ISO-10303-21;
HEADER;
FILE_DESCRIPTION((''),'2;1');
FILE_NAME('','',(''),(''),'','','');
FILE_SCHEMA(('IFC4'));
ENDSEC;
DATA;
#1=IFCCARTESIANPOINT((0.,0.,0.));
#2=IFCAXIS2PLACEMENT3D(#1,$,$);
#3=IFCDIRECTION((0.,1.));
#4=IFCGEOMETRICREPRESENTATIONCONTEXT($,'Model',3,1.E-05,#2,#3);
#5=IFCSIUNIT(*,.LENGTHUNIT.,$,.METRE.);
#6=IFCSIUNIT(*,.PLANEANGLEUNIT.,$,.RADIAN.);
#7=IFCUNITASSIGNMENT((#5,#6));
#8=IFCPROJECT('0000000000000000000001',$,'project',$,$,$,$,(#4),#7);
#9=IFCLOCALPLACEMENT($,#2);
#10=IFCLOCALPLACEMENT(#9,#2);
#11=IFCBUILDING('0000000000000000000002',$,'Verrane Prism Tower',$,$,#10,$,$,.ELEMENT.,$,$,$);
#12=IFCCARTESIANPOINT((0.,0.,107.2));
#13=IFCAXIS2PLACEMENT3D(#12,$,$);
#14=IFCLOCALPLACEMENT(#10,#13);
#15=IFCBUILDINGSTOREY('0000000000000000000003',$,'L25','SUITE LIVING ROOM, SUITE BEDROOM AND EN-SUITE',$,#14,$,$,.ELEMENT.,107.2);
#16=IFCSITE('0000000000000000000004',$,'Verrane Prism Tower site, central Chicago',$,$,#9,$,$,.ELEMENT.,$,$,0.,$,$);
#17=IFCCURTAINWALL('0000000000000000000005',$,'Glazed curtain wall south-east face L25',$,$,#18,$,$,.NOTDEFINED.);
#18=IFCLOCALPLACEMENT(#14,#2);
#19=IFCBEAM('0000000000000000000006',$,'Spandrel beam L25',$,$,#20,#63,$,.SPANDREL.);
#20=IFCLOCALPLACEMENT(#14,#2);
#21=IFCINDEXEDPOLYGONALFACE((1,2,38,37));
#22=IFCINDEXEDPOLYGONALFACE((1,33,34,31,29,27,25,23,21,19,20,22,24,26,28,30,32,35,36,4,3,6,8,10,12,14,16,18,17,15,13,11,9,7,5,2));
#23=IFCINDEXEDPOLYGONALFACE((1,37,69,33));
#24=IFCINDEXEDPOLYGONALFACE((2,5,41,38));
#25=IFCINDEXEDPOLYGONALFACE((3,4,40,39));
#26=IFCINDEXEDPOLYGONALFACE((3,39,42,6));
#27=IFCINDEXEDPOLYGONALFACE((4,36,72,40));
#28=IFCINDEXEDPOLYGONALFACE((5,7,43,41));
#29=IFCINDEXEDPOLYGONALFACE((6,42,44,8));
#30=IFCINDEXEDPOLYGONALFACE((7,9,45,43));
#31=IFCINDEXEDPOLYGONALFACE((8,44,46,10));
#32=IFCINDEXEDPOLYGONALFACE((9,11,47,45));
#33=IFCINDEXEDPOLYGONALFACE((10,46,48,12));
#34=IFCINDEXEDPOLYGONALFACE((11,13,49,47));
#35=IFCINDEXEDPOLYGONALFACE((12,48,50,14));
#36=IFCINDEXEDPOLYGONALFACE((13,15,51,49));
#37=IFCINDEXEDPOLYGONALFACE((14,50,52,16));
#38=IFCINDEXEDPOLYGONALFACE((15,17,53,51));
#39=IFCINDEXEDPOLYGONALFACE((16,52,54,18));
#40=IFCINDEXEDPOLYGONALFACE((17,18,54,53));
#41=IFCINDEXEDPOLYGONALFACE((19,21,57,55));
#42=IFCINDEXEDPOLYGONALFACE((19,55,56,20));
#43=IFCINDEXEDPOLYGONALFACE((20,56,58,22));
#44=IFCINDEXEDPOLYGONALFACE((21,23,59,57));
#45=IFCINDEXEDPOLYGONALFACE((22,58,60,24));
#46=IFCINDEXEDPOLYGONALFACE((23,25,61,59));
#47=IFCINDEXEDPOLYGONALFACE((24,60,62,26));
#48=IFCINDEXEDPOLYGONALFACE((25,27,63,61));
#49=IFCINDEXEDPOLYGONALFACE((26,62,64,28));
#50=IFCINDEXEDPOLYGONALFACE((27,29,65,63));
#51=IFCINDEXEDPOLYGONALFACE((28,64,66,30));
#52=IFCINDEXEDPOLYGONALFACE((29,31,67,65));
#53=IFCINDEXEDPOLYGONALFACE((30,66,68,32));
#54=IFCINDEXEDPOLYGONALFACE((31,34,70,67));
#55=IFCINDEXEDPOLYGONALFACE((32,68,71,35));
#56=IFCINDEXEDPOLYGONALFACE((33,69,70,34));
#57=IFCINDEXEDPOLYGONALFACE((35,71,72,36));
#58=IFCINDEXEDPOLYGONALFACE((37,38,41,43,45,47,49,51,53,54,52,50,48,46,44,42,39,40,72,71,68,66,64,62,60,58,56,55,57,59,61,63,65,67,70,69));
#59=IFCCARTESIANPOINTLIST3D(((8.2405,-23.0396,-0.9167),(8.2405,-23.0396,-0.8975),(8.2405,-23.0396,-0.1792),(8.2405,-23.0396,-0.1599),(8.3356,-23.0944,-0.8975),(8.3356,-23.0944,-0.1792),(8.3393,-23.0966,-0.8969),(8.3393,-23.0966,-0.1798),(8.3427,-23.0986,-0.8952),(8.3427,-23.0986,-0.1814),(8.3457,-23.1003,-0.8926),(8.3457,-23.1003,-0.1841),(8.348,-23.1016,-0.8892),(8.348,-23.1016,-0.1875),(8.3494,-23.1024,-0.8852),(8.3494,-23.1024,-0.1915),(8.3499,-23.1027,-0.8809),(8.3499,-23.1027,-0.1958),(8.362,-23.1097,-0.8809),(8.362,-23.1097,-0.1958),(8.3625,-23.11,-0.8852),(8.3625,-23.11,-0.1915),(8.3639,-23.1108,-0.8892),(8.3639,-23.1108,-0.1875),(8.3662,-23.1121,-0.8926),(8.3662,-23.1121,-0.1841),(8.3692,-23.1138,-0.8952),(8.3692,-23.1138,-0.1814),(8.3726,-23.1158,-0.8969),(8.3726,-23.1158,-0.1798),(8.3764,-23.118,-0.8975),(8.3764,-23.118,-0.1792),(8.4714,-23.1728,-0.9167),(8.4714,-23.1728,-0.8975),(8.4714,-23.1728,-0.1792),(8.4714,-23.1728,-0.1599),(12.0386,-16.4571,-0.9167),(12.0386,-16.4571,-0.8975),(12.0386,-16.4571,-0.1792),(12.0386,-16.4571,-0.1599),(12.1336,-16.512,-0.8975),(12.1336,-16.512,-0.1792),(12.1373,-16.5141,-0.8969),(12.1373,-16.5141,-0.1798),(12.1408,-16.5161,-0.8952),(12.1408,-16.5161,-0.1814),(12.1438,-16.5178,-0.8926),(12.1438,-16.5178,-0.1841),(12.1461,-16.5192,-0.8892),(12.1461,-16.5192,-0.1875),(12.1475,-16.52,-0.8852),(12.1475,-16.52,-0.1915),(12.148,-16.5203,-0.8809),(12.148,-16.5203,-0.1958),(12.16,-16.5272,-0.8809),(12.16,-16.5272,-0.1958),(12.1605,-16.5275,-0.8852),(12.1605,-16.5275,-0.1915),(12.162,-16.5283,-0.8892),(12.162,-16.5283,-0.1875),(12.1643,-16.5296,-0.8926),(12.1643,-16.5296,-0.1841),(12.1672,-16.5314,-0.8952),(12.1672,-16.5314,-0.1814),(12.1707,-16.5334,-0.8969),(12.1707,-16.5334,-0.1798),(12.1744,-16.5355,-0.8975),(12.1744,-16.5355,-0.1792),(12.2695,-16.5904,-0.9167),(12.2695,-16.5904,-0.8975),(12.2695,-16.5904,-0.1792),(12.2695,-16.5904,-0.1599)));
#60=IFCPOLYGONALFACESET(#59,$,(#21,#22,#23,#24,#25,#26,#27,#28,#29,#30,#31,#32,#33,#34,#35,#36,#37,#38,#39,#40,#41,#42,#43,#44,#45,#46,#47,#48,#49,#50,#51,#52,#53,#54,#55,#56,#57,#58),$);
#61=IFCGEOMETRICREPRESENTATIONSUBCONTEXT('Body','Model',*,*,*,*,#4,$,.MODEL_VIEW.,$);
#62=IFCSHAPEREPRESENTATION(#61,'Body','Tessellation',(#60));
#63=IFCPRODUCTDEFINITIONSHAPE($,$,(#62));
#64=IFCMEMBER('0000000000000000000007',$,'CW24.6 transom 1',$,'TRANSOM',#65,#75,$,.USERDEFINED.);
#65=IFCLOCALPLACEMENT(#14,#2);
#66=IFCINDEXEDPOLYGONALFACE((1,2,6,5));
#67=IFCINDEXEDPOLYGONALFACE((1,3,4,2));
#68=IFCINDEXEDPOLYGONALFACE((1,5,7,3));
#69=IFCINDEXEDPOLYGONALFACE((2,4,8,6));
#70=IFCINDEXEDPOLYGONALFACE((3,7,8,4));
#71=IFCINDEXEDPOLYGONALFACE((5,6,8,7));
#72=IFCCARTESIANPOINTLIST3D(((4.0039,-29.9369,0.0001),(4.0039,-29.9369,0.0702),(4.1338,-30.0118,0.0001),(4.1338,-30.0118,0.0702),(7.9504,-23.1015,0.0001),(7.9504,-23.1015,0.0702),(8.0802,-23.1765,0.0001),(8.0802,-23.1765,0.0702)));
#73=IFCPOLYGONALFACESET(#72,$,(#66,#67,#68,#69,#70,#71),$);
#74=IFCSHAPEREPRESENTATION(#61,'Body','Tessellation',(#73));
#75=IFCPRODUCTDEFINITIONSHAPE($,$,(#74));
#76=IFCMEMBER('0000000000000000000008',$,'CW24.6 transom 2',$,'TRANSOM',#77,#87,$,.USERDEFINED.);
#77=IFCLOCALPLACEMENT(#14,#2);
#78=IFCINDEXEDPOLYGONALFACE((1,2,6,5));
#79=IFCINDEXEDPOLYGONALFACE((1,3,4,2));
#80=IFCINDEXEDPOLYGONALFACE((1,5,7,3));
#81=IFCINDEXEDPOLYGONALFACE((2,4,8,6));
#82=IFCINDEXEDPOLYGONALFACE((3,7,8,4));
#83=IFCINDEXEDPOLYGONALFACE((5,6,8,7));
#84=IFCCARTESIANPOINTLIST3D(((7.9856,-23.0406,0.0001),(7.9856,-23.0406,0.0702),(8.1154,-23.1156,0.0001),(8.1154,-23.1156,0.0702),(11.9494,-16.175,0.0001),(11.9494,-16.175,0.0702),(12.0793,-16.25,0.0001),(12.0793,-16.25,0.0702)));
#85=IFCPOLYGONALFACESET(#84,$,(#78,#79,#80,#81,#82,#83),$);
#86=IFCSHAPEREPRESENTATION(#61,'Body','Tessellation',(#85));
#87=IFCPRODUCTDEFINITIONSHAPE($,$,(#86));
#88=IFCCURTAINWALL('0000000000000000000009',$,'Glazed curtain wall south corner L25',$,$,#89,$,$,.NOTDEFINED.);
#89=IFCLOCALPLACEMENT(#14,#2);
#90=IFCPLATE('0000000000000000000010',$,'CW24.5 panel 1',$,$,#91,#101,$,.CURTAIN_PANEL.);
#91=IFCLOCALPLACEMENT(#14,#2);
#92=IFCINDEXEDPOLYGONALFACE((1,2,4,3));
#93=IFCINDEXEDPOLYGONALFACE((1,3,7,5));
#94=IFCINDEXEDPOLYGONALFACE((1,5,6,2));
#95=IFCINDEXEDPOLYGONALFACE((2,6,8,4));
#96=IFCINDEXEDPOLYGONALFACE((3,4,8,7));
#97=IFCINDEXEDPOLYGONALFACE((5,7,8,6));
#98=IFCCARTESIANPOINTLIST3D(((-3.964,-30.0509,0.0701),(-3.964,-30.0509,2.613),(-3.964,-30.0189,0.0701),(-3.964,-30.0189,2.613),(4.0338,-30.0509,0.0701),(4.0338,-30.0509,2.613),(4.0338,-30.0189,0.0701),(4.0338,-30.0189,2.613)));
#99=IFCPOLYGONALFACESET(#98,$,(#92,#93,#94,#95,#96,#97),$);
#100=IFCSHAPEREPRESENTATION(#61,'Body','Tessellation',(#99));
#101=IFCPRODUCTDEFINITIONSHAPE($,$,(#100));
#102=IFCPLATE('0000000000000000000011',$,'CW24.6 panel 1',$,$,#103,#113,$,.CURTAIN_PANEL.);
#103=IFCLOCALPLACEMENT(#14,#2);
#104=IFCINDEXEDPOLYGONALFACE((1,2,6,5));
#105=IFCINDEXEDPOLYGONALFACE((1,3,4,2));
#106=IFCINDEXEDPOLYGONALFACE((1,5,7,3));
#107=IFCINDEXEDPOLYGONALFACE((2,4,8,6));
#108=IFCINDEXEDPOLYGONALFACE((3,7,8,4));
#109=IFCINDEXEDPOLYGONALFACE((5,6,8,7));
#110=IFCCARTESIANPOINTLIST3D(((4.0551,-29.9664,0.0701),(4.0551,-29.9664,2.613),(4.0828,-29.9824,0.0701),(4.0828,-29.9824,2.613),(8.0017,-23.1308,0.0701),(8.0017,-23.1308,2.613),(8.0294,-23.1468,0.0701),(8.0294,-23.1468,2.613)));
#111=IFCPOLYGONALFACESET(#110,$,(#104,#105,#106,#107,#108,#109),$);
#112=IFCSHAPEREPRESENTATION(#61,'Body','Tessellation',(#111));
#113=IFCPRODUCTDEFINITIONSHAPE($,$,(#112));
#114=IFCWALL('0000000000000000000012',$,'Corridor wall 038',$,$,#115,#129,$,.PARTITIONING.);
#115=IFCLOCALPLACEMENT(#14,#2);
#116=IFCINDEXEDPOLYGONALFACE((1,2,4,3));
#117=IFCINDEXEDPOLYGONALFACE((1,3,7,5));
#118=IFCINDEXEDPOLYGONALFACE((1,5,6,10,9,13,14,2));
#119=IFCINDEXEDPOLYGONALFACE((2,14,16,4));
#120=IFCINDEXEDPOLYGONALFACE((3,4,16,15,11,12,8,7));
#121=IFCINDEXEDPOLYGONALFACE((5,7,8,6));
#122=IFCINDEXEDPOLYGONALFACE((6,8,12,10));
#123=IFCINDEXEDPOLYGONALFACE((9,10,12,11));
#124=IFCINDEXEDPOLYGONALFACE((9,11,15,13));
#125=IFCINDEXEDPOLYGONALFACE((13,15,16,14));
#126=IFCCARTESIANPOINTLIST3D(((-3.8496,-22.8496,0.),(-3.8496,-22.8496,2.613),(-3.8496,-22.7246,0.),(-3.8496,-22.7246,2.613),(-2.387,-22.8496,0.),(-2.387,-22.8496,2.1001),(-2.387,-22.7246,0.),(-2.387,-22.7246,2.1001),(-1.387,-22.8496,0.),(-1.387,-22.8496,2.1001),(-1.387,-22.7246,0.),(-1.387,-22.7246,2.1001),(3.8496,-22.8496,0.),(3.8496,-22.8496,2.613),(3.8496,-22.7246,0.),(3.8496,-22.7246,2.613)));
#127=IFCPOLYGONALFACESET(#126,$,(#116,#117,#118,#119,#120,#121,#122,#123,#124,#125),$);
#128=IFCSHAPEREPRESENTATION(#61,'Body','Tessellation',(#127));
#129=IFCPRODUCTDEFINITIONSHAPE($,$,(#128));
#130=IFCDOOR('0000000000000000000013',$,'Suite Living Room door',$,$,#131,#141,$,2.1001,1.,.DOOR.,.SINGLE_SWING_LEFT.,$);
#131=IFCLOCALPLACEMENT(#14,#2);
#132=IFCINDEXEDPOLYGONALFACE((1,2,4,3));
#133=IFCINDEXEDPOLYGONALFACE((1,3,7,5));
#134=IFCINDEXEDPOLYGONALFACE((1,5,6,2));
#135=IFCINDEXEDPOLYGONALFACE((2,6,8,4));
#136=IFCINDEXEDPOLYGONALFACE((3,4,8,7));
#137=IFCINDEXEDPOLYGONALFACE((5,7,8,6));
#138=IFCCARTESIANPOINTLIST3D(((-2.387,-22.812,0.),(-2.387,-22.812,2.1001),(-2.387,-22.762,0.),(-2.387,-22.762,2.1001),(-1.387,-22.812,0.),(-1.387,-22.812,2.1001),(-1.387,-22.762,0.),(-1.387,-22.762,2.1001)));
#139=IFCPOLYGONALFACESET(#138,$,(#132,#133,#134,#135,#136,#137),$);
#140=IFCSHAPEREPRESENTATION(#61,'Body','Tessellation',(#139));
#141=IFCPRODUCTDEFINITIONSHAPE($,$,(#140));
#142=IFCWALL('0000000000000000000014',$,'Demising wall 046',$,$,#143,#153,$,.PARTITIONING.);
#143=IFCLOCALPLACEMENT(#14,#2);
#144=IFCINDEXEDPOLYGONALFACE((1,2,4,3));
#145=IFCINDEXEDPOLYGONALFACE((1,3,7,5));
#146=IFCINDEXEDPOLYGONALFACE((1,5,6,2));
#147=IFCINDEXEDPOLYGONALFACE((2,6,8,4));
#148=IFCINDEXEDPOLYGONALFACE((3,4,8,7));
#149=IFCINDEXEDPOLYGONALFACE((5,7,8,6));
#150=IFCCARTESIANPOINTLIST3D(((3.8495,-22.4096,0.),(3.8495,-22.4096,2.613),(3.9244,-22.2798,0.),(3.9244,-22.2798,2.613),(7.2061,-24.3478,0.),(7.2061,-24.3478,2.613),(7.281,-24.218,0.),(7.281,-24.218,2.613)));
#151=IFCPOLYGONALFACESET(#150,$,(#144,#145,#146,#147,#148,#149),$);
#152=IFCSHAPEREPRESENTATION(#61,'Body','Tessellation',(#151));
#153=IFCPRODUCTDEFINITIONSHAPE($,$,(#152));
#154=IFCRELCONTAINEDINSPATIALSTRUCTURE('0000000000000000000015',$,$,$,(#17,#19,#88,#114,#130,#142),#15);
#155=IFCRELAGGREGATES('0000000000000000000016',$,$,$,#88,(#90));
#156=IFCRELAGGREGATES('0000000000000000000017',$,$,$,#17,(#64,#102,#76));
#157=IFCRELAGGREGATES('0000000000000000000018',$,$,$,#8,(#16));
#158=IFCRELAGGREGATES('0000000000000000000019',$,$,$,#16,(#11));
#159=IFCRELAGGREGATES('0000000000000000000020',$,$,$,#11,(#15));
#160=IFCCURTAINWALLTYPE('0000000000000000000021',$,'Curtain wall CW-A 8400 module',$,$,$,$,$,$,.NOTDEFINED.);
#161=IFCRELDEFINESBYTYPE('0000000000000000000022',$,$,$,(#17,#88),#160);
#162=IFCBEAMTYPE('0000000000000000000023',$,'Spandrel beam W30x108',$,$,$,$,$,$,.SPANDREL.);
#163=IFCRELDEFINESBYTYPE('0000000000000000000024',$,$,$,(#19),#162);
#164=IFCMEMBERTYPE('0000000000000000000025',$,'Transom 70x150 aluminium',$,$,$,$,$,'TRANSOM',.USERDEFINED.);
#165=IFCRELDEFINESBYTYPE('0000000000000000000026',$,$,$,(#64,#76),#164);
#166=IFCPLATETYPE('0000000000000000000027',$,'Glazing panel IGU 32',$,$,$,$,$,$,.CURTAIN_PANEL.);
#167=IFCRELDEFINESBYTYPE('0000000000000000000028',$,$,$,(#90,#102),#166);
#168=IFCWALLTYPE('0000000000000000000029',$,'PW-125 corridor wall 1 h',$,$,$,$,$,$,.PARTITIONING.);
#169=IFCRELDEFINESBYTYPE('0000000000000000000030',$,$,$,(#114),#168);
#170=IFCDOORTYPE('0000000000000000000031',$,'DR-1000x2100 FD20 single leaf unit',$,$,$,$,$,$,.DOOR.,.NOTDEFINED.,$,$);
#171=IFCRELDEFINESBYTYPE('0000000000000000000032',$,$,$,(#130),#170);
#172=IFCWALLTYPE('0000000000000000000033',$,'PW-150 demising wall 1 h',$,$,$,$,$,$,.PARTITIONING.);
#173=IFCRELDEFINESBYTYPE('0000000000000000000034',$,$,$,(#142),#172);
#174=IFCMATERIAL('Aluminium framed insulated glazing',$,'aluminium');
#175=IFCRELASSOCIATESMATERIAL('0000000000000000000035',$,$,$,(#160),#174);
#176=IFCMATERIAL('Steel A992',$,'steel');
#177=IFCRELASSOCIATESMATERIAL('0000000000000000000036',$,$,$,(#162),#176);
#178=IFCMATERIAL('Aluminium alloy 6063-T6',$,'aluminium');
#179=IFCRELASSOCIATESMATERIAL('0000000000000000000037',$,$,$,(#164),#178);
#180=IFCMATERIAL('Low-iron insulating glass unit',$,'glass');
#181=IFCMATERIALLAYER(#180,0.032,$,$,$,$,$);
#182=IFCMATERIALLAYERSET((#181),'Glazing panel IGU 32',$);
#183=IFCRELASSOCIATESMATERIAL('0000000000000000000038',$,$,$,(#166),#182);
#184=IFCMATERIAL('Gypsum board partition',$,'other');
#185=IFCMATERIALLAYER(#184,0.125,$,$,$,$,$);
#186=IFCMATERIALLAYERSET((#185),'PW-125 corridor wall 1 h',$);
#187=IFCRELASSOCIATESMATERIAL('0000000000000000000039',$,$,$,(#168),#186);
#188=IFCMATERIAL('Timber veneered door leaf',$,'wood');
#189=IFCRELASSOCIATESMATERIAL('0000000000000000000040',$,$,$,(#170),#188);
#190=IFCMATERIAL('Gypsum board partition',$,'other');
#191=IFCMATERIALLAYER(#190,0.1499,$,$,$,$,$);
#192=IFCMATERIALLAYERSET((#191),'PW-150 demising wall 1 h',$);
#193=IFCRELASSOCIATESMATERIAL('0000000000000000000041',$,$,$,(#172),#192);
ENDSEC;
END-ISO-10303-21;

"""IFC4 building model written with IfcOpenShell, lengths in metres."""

from ifc_helpers import new_model, si_unit, direction, frame, frame_2d, origin, origin_2d, place, context, subcontext, project, spatial, rectangle, i_section, extrude, material, layer, layer_set, material_profile, profile_set, type_object, element, fill, aggregate, save


model = new_model("IFC4")

# Units and contexts
model_context = context("Model", 3, precision=1e-05, world=origin(), true_north=direction((0.0, 1.0)))
body_context = subcontext(model_context, "Body", "Model", "MODEL_VIEW")
ifc_project = project(units=[si_unit("LENGTHUNIT", "METRE"), si_unit("PLANEANGLEUNIT", "RADIAN")], contexts=[model_context])

# Site, building, storey
site_placement = place(None, origin())
site = spatial("IfcSite", under=ifc_project, at=site_placement, Name="Verrane Prism Tower site, central Chicago", CompositionType="ELEMENT", RefElevation=0.0)
building_placement = place(site_placement, origin())
building = spatial("IfcBuilding", under=site, at=building_placement, Name="Verrane Prism Tower", CompositionType="ELEMENT")
storey_placement = place(building_placement, frame((0.0, 0.0, 107.2)))
storey = spatial("IfcBuildingStorey", under=building, at=storey_placement, Name="L25", Description="SUITE LIVING ROOM, SUITE BEDROOM AND EN-SUITE", CompositionType="ELEMENT", Elevation=107.2)

# Curtain wall
ifc_material_1 = material(Name="Aluminium framed insulated glazing", Category="aluminium")
curtain_wall_type = type_object("IfcCurtainWallType", Name="Curtain wall CW-A 8400 module", PredefinedType="NOTDEFINED", material=ifc_material_1)
curtain_wall_1_placement = place(storey_placement, origin())
curtain_wall_1 = element("IfcCurtainWall", 1, at=curtain_wall_1_placement, inside=storey, type_object=curtain_wall_type, Name="Glazed curtain wall south-east face L25", PredefinedType="NOTDEFINED")

# Beam
ifc_material_2 = material(Name="Steel A992", Category="steel")
ifc_material_profile_1 = material_profile(ifc_material_2, i_section(OverallWidth=0.2666, OverallDepth=0.7568, WebThickness=0.0139, FlangeThickness=0.0193, FilletRadius=0.0166, at=origin_2d()), Name="W30x108")
ifc_profile_set_1 = profile_set([ifc_material_profile_1], Name="Steel A992")
beam_type_1 = type_object("IfcBeamType", Name="Spandrel beam W30x108", PredefinedType="SPANDREL", material=ifc_profile_set_1)
beam_1_placement = place(storey_placement, frame((8.356, -23.1062, -0.5383), z_axis=(0.499771, 0.866158, 0.0), x_axis=(-0.866158, 0.499771, 0.0)))
element("IfcBeam", 2, at=beam_1_placement, inside=storey, type_object=beam_type_1, Name="Spandrel beam L25", PredefinedType="SPANDREL", context=body_context, shape_type="SweptSolid", body=[
    extrude(i_section(OverallWidth=0.2666, OverallDepth=0.7568, WebThickness=0.0139, FlangeThickness=0.0193, FilletRadius=0.0166, at=origin_2d()), origin(), (0.0, 0.0, 1.0), 7.5996),
])

# Members
ifc_material_3 = material(Name="Aluminium alloy 6063-T6", Category="aluminium")
ifc_material_profile_2 = material_profile(ifc_material_3, rectangle(XDim=0.1499, YDim=0.0701, at=origin_2d()), Name="Transom 70x150 aluminium")
ifc_profile_set_2 = profile_set([ifc_material_profile_2], Name="Aluminium alloy 6063-T6")
member_type_1 = type_object("IfcMemberType", Name="Transom 70x150 aluminium", ElementType="TRANSOM", PredefinedType="USERDEFINED", material=ifc_profile_set_2)
member_1_placement = place(storey_placement, frame((4.0688, -29.9744, 0.0352), z_axis=(0.500008, 0.866021, 0.0), x_axis=(-0.866021, 0.500008, 0.0)))
member_1 = element("IfcMember", 3, at=member_1_placement, type_object=member_type_1, Name="CW24.6 transom 1", ObjectType="TRANSOM", PredefinedType="USERDEFINED", context=body_context, shape_type="SweptSolid", body=[
    extrude(rectangle(XDim=0.1499, YDim=0.0701, at=origin_2d()), origin(), (0.0, 0.0, 1.0), 7.8928),
])
member_2_placement = place(storey_placement, frame((8.0505, -23.0781, 0.0352), z_axis=(0.499994, 0.866029, 0.0), x_axis=(-0.866029, 0.499994, 0.0)))
member_2 = element("IfcMember", 4, at=member_2_placement, type_object=member_type_1, Name="CW24.6 transom 2", ObjectType="TRANSOM", PredefinedType="USERDEFINED", context=body_context, shape_type="SweptSolid", body=[
    extrude(rectangle(XDim=0.1499, YDim=0.0701, at=origin_2d()), origin(), (0.0, 0.0, 1.0), 7.9277),
])

# Curtain wall, plate
curtain_wall_2_placement = place(storey_placement, origin())
curtain_wall_2 = element("IfcCurtainWall", 5, at=curtain_wall_2_placement, inside=storey, type_object=curtain_wall_type, Name="Glazed curtain wall south corner L25", PredefinedType="NOTDEFINED")
ifc_material_4 = material(Name="Low-iron insulating glass unit", Category="glass")
ifc_layer_1 = layer(ifc_material_4, 0.032)
ifc_layer_set_1 = layer_set([ifc_layer_1], Name="Glazing panel IGU 32")
plate_type = type_object("IfcPlateType", Name="Glazing panel IGU 32", PredefinedType="CURTAIN_PANEL", material=ifc_layer_set_1)
plate_1_placement = place(storey_placement, frame((0.0349, -30.0349, 0.0701), z_axis=(0.0, 0.0, 1.0), x_axis=(1.0, 0.0, 0.0)))
plate_1 = element("IfcPlate", 6, at=plate_1_placement, type_object=plate_type, Name="CW24.5 panel 1", PredefinedType="CURTAIN_PANEL", context=body_context, shape_type="SweptSolid", body=[
    extrude(rectangle(XDim=7.9978, YDim=0.032, at=origin_2d()), origin(), (0.0, 0.0, 1.0), 2.543),
])
aggregate(curtain_wall_2, [plate_1])

# Plate
plate_2_placement = place(storey_placement, frame((6.0422, -26.5566, 0.0701), z_axis=(0.0, 0.0, 1.0), x_axis=(0.5, 0.866025, 0.0)))
plate_2 = element("IfcPlate", 7, at=plate_2_placement, type_object=plate_type, Name="CW24.6 panel 1", PredefinedType="CURTAIN_PANEL", context=body_context, shape_type="SweptSolid", body=[
    extrude(rectangle(XDim=7.8931, YDim=0.032, at=origin_2d()), origin(), (0.0, 0.0, 1.0), 2.543),
])
aggregate(curtain_wall_1, [member_1, plate_2, member_2])

# Wall, opening, door
ifc_material_5 = material(Name="Gypsum board partition", Category="other")
ifc_layer_2 = layer(ifc_material_5, 0.125)
ifc_layer_set_2 = layer_set([ifc_layer_2], Name="PW-125 corridor wall 1 h")
wall_type_1 = type_object("IfcWallType", Name="PW-125 corridor wall 1 h", PredefinedType="PARTITIONING", material=ifc_layer_set_2)
wall_1_placement = place(storey_placement, frame((3.8496, -22.7871, 0.0), z_axis=(0.0, 0.0, 1.0), x_axis=(-1.0, 0.0, 0.0)))
wall_1 = element("IfcWall", 8, at=wall_1_placement, inside=storey, type_object=wall_type_1, Name="Corridor wall 038", PredefinedType="PARTITIONING", context=body_context, shape_type="SweptSolid", body=[
    extrude(rectangle(XDim=7.6992, YDim=0.125, at=frame_2d((3.8496, 0.0))), origin(), (0.0, 0.0, 1.0), 2.613),
])
opening_1_placement = place(wall_1_placement, frame((5.2366, 0.0, 0.0)))
opening_1 = element("IfcOpeningElement", 9, at=opening_1_placement, cuts=wall_1, PredefinedType="OPENING", context=body_context, shape_type="SweptSolid", body=[
    extrude(rectangle(XDim=1.0, YDim=2.1001, at=frame_2d((0.5, 1.05))), frame((0.0, 0.0725, 0.0), z_axis=(0.0, -1.0, 0.0), x_axis=(1.0, 0.0, 0.0)), (0.0, 0.0, 1.0), 0.145),
])
ifc_material_6 = material(Name="Timber veneered door leaf", Category="wood")
door_type_1 = type_object("IfcDoorType", Name="DR-1000x2100 FD20 single leaf unit", OperationType="NOTDEFINED", PredefinedType="DOOR", material=ifc_material_6)
door_1_placement = place(opening_1_placement, origin())
door_1 = element("IfcDoor", 10, at=door_1_placement, inside=storey, type_object=door_type_1, Name="Suite Living Room door", OperationType="SINGLE_SWING_LEFT", OverallHeight=2.1001, OverallWidth=1.0, PredefinedType="DOOR", context=body_context, shape_type="SweptSolid", body=[
    extrude(rectangle(XDim=1.0, YDim=2.1001, at=frame_2d((0.5, 1.05))), frame((0.0, 0.0249, 0.0), z_axis=(0.0, -1.0, 0.0), x_axis=(1.0, 0.0, 0.0)), (0.0, 0.0, 1.0), 0.05),
])
fill(opening_1, door_1)

# Wall
ifc_material_7 = material(Name="Gypsum board partition", Category="other")
ifc_layer_3 = layer(ifc_material_7, 0.1499)
ifc_layer_set_3 = layer_set([ifc_layer_3], Name="PW-150 demising wall 1 h")
wall_type_2 = type_object("IfcWallType", Name="PW-150 demising wall 1 h", PredefinedType="PARTITIONING", material=ifc_layer_set_3)
wall_2_placement = place(storey_placement, frame((3.887, -22.3447, 0.0), z_axis=(0.0, 0.0, 1.0), x_axis=(0.865998, -0.500048, 0.0)))
element("IfcWall", 11, at=wall_2_placement, inside=storey, type_object=wall_type_2, Name="Demising wall 046", PredefinedType="PARTITIONING", context=body_context, shape_type="SweptSolid", body=[
    extrude(rectangle(XDim=3.876, YDim=0.1499, at=frame_2d((1.938, 0.0))), origin(), (0.0, 0.0, 1.0), 2.613),
])

save(model, "model.ifc")
